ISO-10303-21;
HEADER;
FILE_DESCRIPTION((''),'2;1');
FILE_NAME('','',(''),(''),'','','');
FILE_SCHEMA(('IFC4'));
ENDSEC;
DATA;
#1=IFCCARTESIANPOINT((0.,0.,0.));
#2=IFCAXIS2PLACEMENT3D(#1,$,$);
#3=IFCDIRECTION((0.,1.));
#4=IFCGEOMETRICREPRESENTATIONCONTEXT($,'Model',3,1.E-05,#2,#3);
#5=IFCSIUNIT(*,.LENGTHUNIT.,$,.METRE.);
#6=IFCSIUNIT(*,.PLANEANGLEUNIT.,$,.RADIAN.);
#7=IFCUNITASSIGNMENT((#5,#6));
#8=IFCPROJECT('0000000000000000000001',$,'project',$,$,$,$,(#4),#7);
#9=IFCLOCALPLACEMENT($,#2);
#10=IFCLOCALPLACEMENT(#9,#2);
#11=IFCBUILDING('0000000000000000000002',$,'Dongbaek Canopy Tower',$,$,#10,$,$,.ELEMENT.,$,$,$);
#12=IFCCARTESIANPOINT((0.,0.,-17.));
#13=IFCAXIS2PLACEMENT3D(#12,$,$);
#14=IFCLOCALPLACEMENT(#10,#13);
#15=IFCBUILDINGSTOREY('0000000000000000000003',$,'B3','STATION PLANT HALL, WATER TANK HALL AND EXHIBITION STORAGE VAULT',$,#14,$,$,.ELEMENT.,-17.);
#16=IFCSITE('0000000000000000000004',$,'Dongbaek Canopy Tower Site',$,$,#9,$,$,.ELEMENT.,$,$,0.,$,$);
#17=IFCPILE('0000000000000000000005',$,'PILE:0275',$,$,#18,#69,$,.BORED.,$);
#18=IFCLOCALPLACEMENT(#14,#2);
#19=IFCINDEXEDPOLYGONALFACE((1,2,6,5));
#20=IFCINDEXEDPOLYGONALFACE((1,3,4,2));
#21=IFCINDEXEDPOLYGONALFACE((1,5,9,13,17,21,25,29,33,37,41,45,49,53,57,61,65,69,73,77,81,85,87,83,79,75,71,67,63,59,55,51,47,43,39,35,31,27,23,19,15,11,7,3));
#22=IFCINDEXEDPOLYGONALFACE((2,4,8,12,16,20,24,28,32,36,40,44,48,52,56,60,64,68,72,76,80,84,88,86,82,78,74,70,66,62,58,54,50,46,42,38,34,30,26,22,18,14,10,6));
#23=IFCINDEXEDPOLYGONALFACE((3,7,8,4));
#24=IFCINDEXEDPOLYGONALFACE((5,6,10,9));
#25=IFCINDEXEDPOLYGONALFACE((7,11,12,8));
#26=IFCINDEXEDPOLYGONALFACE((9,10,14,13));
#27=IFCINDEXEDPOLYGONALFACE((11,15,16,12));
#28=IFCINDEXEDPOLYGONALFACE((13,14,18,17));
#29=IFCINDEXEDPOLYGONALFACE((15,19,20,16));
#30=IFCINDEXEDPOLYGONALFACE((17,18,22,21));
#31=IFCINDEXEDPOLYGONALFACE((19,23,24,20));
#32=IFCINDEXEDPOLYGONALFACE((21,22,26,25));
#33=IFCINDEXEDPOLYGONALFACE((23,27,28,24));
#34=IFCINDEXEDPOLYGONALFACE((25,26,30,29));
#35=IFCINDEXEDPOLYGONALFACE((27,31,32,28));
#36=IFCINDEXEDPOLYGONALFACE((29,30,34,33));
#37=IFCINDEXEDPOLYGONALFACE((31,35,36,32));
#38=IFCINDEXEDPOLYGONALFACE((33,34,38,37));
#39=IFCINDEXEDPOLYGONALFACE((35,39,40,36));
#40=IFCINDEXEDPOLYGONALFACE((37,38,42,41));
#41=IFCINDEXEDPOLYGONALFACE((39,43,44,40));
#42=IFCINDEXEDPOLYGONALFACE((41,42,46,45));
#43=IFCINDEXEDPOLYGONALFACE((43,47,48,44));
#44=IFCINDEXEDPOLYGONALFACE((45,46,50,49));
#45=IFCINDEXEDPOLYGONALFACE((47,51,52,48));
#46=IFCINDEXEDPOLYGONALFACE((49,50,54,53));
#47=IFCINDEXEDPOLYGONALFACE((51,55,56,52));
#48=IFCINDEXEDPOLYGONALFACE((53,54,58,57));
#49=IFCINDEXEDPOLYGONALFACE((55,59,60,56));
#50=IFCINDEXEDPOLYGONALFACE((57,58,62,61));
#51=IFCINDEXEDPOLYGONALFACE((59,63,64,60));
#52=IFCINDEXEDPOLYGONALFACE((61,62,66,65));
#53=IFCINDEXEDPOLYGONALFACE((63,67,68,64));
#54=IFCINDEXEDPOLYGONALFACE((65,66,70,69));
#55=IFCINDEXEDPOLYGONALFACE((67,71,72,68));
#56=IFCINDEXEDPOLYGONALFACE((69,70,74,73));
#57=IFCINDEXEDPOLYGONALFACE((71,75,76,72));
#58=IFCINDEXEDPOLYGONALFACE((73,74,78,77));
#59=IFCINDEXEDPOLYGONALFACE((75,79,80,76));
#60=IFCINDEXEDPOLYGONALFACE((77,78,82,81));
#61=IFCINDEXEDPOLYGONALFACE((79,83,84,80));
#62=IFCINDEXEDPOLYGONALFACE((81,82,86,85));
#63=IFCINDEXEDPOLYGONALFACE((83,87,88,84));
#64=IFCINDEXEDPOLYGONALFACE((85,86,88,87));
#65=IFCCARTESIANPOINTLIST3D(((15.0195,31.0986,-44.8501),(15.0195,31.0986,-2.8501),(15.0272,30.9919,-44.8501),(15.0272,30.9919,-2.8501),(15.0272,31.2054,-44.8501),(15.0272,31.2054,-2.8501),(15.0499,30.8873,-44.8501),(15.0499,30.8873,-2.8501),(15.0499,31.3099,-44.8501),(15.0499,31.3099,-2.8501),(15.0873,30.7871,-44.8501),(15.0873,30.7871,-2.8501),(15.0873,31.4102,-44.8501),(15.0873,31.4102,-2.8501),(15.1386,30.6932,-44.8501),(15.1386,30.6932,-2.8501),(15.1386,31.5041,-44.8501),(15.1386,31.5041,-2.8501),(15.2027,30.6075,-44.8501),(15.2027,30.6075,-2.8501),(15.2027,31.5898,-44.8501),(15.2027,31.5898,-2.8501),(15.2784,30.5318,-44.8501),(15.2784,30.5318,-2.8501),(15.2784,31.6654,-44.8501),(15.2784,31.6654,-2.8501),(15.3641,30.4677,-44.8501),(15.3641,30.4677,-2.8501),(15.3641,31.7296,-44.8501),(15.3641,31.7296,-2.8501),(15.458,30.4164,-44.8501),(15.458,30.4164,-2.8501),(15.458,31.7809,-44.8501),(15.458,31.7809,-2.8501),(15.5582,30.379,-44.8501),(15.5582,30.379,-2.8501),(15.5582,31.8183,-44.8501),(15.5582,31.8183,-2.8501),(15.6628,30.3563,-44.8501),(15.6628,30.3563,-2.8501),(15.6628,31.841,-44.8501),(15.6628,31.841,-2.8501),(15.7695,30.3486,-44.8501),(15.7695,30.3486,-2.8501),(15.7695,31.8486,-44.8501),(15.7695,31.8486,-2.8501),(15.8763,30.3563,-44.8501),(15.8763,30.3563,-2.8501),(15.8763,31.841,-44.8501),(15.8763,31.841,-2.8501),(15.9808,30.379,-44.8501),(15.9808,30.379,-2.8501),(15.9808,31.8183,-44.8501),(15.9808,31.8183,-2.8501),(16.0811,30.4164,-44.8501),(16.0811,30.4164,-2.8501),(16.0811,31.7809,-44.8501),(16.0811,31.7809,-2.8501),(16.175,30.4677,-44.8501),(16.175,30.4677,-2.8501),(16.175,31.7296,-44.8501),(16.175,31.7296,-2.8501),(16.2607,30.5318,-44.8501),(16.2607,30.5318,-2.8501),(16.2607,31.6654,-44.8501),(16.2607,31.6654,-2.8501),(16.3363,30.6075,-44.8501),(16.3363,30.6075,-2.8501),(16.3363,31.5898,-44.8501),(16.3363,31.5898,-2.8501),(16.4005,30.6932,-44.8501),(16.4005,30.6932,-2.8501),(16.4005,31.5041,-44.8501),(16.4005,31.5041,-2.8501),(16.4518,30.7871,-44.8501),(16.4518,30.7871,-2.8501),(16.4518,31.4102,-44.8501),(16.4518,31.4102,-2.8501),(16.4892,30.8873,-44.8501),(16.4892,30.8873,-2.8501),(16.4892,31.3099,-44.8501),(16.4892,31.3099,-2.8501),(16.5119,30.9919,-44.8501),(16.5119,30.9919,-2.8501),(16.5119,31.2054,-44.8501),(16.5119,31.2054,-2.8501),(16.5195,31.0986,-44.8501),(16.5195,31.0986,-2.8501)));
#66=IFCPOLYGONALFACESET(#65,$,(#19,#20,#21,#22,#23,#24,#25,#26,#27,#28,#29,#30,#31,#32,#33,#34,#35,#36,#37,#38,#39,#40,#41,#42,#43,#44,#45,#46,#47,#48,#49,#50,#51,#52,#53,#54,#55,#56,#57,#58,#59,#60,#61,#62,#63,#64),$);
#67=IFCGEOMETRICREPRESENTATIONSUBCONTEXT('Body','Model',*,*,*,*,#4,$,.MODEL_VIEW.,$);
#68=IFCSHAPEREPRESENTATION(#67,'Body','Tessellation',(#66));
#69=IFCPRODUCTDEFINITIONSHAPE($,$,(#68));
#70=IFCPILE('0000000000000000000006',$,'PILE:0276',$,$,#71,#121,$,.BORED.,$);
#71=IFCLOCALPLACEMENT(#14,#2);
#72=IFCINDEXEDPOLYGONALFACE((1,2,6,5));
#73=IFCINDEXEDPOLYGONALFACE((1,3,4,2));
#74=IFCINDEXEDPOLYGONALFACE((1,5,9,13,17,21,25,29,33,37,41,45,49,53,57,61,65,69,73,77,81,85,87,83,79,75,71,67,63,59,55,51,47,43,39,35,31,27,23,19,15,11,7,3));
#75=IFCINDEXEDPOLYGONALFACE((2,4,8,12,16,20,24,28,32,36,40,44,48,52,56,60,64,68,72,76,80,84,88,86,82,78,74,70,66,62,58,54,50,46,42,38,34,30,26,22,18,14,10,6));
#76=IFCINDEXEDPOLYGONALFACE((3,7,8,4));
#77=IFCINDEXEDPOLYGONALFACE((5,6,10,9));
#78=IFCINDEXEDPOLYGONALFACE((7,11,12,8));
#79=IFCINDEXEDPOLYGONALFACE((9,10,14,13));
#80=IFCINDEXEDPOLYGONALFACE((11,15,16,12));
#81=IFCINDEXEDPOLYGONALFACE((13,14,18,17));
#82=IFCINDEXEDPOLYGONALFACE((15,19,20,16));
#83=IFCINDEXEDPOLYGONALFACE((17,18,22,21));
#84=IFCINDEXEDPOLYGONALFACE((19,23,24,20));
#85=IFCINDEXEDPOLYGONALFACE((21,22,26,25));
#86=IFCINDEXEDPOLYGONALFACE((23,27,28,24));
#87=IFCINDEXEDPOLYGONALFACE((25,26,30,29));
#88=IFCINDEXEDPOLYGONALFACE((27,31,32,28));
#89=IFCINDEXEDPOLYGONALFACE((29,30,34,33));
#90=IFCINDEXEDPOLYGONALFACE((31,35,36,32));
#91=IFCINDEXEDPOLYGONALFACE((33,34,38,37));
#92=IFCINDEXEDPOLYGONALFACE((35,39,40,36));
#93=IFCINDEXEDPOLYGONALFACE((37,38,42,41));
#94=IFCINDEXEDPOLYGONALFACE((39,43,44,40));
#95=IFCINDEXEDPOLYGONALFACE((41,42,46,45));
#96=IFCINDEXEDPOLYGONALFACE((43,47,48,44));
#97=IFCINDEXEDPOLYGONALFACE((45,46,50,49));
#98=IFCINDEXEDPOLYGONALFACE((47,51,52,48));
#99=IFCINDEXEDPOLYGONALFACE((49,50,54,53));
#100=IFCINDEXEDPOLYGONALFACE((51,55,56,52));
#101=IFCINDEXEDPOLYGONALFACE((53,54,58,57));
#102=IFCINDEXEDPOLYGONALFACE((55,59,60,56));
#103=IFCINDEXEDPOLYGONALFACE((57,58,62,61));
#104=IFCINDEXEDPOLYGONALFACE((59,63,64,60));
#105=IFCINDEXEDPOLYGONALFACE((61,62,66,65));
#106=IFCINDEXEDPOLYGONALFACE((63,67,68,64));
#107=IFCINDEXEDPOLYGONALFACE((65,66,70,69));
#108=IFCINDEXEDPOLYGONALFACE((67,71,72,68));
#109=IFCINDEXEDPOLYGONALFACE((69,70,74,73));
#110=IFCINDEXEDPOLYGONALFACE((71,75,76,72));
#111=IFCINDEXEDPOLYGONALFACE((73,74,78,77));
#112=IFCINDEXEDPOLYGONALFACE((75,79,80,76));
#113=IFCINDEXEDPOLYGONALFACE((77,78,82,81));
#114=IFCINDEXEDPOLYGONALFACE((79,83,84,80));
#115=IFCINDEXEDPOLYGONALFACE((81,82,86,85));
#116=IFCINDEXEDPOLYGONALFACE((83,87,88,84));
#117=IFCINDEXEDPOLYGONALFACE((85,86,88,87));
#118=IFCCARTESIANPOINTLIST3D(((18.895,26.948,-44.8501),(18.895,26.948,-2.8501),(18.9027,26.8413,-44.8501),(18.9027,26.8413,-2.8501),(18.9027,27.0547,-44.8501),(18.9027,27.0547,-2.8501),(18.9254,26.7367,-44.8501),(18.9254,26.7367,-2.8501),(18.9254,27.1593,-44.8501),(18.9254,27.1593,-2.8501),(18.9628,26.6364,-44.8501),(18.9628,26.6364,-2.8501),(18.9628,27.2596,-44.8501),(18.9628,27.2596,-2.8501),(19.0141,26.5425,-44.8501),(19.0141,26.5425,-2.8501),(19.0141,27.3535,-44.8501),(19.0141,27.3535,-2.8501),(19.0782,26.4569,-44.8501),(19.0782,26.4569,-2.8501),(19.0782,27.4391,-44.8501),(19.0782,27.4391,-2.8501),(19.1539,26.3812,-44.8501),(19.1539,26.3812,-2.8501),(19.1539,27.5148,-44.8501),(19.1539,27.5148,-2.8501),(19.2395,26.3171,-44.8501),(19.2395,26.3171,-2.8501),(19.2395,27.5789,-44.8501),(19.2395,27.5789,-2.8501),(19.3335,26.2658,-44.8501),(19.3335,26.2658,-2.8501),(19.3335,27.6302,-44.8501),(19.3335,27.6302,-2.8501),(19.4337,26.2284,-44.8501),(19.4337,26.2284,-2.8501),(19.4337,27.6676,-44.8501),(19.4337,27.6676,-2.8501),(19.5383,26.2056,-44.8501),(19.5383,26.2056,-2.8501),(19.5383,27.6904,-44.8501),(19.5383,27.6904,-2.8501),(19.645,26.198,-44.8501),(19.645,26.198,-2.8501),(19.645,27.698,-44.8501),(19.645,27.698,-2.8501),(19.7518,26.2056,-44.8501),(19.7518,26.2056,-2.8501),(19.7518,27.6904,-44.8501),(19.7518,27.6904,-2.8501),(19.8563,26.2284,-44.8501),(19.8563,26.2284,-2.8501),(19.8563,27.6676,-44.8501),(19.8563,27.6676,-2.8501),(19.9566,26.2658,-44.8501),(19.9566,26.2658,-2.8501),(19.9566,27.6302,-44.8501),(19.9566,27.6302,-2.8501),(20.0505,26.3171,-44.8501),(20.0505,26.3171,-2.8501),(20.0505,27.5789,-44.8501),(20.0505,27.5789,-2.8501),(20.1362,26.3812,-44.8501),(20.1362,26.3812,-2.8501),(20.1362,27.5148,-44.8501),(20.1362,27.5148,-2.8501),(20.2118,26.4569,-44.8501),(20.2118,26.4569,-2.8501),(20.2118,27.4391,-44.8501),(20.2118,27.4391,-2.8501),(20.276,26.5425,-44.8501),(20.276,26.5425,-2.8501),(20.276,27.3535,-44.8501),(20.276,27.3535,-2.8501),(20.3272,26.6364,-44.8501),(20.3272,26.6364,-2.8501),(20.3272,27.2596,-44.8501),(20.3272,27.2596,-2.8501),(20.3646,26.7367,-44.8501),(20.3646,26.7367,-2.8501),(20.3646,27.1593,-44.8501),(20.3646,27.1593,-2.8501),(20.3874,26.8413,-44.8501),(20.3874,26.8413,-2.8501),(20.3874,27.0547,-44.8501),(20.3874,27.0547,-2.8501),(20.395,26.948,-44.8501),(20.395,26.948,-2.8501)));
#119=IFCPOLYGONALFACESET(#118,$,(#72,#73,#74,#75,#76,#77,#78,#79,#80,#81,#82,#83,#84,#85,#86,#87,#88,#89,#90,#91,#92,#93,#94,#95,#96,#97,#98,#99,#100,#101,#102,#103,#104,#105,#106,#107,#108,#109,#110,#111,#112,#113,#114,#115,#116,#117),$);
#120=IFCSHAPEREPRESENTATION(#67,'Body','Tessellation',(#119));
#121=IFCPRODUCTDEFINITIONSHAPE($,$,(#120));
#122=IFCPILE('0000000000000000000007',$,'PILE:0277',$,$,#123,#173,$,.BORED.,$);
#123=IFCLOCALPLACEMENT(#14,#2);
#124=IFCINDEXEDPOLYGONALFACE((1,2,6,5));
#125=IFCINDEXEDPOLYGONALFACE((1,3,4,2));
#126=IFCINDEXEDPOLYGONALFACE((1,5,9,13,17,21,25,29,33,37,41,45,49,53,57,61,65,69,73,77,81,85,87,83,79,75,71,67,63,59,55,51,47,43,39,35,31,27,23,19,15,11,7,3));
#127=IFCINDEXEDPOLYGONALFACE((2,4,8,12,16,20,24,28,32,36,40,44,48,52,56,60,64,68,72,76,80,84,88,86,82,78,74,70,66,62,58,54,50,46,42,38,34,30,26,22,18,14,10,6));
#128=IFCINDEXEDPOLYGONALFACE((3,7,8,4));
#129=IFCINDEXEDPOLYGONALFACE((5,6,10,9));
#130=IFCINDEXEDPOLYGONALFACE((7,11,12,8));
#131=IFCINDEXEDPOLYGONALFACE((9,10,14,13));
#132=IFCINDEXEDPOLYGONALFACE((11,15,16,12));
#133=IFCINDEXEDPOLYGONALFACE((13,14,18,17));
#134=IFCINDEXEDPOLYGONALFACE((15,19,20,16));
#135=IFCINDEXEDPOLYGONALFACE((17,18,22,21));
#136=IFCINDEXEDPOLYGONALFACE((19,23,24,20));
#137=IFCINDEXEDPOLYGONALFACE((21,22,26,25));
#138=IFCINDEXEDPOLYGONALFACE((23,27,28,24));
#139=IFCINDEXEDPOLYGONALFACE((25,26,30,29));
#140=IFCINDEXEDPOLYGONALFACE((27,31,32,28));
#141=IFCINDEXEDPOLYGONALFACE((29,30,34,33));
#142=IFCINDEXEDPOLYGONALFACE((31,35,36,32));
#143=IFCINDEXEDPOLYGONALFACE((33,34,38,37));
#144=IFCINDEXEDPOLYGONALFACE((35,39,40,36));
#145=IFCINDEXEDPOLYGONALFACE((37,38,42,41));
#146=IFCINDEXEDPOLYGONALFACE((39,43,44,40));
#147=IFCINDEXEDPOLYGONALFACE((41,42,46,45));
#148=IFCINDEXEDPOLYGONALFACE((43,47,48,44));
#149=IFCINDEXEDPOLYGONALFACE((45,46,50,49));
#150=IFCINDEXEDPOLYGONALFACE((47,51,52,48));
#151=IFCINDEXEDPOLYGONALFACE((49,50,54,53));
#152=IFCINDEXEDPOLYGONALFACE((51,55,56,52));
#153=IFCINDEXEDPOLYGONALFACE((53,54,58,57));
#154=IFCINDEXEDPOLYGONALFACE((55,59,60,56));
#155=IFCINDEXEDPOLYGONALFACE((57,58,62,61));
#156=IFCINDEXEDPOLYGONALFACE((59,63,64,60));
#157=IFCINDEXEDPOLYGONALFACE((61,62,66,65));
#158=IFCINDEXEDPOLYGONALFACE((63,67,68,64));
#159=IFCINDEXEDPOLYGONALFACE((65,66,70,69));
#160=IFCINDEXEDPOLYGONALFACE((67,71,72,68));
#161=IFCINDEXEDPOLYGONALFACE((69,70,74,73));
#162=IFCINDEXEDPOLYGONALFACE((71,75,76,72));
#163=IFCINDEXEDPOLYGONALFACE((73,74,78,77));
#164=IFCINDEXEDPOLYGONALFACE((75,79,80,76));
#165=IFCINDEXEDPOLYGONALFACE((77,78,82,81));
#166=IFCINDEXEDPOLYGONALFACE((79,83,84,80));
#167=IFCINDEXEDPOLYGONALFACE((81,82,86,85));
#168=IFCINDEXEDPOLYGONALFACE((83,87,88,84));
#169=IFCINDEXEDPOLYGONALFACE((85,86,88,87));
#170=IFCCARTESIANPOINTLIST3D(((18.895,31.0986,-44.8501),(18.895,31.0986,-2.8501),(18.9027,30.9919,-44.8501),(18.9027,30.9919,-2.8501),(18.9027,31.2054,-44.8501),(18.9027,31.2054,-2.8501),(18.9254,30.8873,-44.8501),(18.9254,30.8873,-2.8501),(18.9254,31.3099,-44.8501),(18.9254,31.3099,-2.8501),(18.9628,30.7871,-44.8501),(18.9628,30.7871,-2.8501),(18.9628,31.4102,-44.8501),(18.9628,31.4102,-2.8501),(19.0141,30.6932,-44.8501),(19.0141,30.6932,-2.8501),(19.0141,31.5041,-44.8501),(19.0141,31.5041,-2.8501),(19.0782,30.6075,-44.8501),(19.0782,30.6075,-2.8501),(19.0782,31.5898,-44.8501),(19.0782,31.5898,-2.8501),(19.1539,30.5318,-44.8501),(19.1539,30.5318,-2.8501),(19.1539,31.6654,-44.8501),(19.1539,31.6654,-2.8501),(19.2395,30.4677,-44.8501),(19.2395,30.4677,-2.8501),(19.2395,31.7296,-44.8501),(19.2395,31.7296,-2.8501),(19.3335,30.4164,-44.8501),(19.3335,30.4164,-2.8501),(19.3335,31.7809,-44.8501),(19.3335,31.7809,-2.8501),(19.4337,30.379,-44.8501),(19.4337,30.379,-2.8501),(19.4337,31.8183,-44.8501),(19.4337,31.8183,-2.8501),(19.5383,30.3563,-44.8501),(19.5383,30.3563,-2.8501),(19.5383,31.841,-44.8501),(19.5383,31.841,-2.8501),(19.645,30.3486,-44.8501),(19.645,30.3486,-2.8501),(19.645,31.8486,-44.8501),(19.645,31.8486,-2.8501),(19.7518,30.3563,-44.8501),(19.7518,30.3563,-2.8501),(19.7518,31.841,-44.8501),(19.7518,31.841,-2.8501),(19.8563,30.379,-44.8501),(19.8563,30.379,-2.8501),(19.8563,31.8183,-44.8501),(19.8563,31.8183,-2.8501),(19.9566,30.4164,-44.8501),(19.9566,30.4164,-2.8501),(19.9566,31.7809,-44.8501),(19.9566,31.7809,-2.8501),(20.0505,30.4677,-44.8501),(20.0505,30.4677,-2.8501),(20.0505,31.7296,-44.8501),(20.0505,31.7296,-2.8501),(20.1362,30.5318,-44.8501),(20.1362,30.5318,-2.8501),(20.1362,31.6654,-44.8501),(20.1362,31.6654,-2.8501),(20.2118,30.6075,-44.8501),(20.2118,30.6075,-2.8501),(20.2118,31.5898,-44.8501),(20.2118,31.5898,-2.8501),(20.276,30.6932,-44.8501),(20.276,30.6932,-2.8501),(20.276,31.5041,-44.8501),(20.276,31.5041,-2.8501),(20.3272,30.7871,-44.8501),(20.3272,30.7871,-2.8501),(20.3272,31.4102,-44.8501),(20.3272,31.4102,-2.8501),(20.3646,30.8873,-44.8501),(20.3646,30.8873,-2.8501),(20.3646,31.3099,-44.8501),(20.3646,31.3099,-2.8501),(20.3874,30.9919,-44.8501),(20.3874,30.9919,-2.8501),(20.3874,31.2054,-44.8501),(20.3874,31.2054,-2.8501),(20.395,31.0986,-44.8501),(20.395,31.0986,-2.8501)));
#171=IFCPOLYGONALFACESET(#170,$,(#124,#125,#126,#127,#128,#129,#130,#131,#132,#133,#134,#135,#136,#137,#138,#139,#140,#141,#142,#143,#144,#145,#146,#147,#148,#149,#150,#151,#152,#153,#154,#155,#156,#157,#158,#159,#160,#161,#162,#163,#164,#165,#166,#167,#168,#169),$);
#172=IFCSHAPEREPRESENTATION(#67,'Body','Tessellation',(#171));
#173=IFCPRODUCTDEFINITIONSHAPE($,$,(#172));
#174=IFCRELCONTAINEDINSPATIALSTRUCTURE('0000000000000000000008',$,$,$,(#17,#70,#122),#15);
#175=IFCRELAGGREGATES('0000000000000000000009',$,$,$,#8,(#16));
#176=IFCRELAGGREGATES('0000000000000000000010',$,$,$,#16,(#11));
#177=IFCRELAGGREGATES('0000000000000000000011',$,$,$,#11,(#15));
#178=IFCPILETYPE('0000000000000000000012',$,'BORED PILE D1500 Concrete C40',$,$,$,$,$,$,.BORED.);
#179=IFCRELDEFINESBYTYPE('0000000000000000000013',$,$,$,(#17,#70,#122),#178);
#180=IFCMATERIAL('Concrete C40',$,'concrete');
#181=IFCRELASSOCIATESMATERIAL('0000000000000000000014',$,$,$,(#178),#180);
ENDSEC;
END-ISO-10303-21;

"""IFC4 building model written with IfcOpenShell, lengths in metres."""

from ifc_helpers import new_model, si_unit, direction, frame, origin, origin_2d, place, context, subcontext, project, spatial, circle, extrude, material, material_profile, profile_set, type_object, element, save


model = new_model("IFC4")

# Units and contexts
model_context = context("Model", 3, precision=1e-05, world=origin(), true_north=direction((0.0, 1.0)))
body_context = subcontext(model_context, "Body", "Model", "MODEL_VIEW")
ifc_project = project(units=[si_unit("LENGTHUNIT", "METRE"), si_unit("PLANEANGLEUNIT", "RADIAN")], contexts=[model_context])

# Site, building, storey
site_placement = place(None, origin())
site = spatial("IfcSite", under=ifc_project, at=site_placement, Name="Dongbaek Canopy Tower Site", CompositionType="ELEMENT", RefElevation=0.0)
building_placement = place(site_placement, origin())
building = spatial("IfcBuilding", under=site, at=building_placement, Name="Dongbaek Canopy Tower", CompositionType="ELEMENT")
storey_placement = place(building_placement, frame((0.0, 0.0, -17.0)))
storey = spatial("IfcBuildingStorey", under=building, at=storey_placement, Name="B3", Description="STATION PLANT HALL, WATER TANK HALL AND EXHIBITION STORAGE VAULT", CompositionType="ELEMENT", Elevation=-17.0)

# Piles
ifc_material_1 = material(Name="Concrete C40", Category="concrete")
ifc_material_profile_1 = material_profile(ifc_material_1, circle(Radius=0.75, at=origin_2d()), Name="BORED PILE D1500 Concrete C40")
ifc_profile_set_1 = profile_set([ifc_material_profile_1], Name="Concrete C40")
pile_type = type_object("IfcPileType", Name="BORED PILE D1500 Concrete C40", PredefinedType="BORED", material=ifc_profile_set_1)
for number, where, z_axis, x_axis, name in (
    (1, (15.7695, 31.0986, -2.8501), (0.0, 0.0, -1.0), (1.0, 0.0, 0.0), "PILE:0275"),
    (2, (19.645, 26.948, -2.8501), (0.0, 0.0, -1.0), (1.0, 0.0, 0.0), "PILE:0276"),
    (3, (19.645, 31.0986, -2.8501), (0.0, 0.0, -1.0), (1.0, 0.0, 0.0), "PILE:0277"),
):
    element("IfcPile", number, at=place(storey_placement, frame(where, z_axis=z_axis, x_axis=x_axis)), inside=storey, type_object=pile_type, Name=name, PredefinedType="BORED", context=body_context, shape_type="SweptSolid", body=[
        extrude(circle(Radius=0.75, at=origin_2d()), origin(), (0.0, 0.0, 1.0), 42.0),
    ])

save(model, "model.ifc")
